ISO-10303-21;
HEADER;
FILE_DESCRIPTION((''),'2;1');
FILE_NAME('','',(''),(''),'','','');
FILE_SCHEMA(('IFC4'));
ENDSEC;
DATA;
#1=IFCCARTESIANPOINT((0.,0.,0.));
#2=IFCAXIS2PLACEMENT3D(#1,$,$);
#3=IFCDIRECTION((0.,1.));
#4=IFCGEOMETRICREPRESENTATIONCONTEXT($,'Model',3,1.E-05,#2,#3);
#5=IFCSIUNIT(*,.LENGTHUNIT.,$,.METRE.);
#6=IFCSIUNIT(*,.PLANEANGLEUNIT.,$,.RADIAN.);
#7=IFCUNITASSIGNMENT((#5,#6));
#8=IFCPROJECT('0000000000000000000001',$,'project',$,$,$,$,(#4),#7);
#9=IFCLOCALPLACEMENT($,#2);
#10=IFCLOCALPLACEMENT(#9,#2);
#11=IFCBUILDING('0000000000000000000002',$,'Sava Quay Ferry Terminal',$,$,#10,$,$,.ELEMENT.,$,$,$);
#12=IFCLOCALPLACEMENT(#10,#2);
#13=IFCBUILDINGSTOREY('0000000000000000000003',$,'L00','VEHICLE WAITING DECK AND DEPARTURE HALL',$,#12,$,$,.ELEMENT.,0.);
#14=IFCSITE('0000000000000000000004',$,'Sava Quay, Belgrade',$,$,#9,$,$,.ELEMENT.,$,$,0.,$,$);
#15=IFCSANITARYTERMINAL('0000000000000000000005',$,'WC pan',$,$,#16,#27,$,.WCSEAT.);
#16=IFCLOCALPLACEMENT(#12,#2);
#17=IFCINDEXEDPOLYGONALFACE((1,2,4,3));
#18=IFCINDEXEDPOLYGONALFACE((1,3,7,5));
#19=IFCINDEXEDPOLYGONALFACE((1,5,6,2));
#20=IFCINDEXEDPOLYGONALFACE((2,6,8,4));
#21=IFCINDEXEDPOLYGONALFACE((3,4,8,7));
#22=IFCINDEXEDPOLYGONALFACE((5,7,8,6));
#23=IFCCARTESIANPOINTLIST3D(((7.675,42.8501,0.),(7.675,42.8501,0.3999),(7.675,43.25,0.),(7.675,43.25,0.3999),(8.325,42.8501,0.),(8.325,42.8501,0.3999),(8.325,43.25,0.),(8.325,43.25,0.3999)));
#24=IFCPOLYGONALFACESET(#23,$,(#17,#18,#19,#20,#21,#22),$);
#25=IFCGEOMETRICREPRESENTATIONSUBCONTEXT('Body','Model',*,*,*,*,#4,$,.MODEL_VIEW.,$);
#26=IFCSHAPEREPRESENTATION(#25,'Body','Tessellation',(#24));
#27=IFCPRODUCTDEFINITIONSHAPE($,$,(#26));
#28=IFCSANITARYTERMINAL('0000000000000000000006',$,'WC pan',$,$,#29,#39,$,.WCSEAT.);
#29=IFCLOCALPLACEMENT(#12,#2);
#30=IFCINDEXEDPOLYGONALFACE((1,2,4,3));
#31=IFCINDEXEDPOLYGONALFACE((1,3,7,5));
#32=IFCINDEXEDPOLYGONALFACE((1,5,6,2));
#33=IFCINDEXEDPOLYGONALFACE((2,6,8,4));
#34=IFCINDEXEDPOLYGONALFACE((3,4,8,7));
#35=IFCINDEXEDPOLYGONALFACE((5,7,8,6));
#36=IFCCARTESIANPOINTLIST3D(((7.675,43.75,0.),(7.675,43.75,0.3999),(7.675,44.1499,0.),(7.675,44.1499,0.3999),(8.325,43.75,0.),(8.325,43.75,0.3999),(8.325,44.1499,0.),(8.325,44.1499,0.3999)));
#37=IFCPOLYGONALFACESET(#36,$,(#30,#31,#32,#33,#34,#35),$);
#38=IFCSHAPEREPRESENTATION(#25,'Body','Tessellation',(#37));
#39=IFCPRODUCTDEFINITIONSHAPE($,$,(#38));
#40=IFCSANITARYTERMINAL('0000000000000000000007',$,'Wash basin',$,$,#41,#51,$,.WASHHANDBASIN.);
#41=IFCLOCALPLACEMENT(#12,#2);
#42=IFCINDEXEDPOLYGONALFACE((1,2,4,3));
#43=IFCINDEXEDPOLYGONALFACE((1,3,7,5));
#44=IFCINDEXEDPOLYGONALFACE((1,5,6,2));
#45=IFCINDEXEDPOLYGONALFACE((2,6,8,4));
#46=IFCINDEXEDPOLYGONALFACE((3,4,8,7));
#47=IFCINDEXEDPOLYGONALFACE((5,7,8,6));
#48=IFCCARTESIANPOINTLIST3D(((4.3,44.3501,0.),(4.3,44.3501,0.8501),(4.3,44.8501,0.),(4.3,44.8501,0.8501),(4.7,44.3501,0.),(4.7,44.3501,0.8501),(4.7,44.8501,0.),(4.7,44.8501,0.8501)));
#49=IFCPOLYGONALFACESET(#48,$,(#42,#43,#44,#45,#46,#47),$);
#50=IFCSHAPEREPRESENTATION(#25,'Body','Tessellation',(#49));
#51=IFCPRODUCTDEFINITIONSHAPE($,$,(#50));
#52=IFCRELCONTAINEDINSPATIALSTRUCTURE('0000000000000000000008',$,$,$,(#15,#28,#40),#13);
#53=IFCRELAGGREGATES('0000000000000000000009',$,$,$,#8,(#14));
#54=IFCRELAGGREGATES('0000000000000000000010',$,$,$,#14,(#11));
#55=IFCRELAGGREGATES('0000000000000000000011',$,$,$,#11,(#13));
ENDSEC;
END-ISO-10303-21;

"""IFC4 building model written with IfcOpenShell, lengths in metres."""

from ifc_helpers import new_model, si_unit, direction, frame, origin, origin_2d, place, context, subcontext, project, spatial, rectangle, extrude, element, save


model = new_model("IFC4")

# Units and contexts
model_context = context("Model", 3, precision=1e-05, world=origin(), true_north=direction((0.0, 1.0)))
body_context = subcontext(model_context, "Body", "Model", "MODEL_VIEW")
ifc_project = project(units=[si_unit("LENGTHUNIT", "METRE"), si_unit("PLANEANGLEUNIT", "RADIAN")], contexts=[model_context])

# Site, building, storey
site_placement = place(None, origin())
site = spatial("IfcSite", under=ifc_project, at=site_placement, Name="Sava Quay, Belgrade", CompositionType="ELEMENT", RefElevation=0.0)
building_placement = place(site_placement, origin())
building = spatial("IfcBuilding", under=site, at=building_placement, Name="Sava Quay Ferry Terminal", CompositionType="ELEMENT")
storey_placement = place(building_placement, origin())
storey = spatial("IfcBuildingStorey", under=building, at=storey_placement, Name="L00", Description="VEHICLE WAITING DECK AND DEPARTURE HALL", CompositionType="ELEMENT", Elevation=0.0)

# Sanitary terminals
for number, where, z_axis, x_axis, name in (
    (1, (8.0, 43.05, 0.0), (0.0, 0.0, 1.0), (1.0, 0.0, 0.0), "WC pan"),
    (2, (8.0, 43.95, 0.0), (0.0, 0.0, 1.0), (1.0, 0.0, 0.0), "WC pan"),
):
    element("IfcSanitaryTerminal", number, at=place(storey_placement, frame(where, z_axis=z_axis, x_axis=x_axis)), inside=storey, Name=name, PredefinedType="WCSEAT", context=body_context, shape_type="SweptSolid", body=[
        extrude(rectangle(XDim=0.6499, YDim=0.3999, at=origin_2d()), origin(), (0.0, 0.0, 1.0), 0.3999),
    ])
sanitary_terminal_placement = place(storey_placement, frame((4.5, 44.6001, 0.0), z_axis=(0.0, 0.0, 1.0), x_axis=(1.0, 0.0, 0.0)))
element("IfcSanitaryTerminal", 3, at=sanitary_terminal_placement, inside=storey, Name="Wash basin", PredefinedType="WASHHANDBASIN", context=body_context, shape_type="SweptSolid", body=[
    extrude(rectangle(XDim=0.3999, YDim=0.5, at=origin_2d()), origin(), (0.0, 0.0, 1.0), 0.8501),
])

save(model, "model.ifc")
